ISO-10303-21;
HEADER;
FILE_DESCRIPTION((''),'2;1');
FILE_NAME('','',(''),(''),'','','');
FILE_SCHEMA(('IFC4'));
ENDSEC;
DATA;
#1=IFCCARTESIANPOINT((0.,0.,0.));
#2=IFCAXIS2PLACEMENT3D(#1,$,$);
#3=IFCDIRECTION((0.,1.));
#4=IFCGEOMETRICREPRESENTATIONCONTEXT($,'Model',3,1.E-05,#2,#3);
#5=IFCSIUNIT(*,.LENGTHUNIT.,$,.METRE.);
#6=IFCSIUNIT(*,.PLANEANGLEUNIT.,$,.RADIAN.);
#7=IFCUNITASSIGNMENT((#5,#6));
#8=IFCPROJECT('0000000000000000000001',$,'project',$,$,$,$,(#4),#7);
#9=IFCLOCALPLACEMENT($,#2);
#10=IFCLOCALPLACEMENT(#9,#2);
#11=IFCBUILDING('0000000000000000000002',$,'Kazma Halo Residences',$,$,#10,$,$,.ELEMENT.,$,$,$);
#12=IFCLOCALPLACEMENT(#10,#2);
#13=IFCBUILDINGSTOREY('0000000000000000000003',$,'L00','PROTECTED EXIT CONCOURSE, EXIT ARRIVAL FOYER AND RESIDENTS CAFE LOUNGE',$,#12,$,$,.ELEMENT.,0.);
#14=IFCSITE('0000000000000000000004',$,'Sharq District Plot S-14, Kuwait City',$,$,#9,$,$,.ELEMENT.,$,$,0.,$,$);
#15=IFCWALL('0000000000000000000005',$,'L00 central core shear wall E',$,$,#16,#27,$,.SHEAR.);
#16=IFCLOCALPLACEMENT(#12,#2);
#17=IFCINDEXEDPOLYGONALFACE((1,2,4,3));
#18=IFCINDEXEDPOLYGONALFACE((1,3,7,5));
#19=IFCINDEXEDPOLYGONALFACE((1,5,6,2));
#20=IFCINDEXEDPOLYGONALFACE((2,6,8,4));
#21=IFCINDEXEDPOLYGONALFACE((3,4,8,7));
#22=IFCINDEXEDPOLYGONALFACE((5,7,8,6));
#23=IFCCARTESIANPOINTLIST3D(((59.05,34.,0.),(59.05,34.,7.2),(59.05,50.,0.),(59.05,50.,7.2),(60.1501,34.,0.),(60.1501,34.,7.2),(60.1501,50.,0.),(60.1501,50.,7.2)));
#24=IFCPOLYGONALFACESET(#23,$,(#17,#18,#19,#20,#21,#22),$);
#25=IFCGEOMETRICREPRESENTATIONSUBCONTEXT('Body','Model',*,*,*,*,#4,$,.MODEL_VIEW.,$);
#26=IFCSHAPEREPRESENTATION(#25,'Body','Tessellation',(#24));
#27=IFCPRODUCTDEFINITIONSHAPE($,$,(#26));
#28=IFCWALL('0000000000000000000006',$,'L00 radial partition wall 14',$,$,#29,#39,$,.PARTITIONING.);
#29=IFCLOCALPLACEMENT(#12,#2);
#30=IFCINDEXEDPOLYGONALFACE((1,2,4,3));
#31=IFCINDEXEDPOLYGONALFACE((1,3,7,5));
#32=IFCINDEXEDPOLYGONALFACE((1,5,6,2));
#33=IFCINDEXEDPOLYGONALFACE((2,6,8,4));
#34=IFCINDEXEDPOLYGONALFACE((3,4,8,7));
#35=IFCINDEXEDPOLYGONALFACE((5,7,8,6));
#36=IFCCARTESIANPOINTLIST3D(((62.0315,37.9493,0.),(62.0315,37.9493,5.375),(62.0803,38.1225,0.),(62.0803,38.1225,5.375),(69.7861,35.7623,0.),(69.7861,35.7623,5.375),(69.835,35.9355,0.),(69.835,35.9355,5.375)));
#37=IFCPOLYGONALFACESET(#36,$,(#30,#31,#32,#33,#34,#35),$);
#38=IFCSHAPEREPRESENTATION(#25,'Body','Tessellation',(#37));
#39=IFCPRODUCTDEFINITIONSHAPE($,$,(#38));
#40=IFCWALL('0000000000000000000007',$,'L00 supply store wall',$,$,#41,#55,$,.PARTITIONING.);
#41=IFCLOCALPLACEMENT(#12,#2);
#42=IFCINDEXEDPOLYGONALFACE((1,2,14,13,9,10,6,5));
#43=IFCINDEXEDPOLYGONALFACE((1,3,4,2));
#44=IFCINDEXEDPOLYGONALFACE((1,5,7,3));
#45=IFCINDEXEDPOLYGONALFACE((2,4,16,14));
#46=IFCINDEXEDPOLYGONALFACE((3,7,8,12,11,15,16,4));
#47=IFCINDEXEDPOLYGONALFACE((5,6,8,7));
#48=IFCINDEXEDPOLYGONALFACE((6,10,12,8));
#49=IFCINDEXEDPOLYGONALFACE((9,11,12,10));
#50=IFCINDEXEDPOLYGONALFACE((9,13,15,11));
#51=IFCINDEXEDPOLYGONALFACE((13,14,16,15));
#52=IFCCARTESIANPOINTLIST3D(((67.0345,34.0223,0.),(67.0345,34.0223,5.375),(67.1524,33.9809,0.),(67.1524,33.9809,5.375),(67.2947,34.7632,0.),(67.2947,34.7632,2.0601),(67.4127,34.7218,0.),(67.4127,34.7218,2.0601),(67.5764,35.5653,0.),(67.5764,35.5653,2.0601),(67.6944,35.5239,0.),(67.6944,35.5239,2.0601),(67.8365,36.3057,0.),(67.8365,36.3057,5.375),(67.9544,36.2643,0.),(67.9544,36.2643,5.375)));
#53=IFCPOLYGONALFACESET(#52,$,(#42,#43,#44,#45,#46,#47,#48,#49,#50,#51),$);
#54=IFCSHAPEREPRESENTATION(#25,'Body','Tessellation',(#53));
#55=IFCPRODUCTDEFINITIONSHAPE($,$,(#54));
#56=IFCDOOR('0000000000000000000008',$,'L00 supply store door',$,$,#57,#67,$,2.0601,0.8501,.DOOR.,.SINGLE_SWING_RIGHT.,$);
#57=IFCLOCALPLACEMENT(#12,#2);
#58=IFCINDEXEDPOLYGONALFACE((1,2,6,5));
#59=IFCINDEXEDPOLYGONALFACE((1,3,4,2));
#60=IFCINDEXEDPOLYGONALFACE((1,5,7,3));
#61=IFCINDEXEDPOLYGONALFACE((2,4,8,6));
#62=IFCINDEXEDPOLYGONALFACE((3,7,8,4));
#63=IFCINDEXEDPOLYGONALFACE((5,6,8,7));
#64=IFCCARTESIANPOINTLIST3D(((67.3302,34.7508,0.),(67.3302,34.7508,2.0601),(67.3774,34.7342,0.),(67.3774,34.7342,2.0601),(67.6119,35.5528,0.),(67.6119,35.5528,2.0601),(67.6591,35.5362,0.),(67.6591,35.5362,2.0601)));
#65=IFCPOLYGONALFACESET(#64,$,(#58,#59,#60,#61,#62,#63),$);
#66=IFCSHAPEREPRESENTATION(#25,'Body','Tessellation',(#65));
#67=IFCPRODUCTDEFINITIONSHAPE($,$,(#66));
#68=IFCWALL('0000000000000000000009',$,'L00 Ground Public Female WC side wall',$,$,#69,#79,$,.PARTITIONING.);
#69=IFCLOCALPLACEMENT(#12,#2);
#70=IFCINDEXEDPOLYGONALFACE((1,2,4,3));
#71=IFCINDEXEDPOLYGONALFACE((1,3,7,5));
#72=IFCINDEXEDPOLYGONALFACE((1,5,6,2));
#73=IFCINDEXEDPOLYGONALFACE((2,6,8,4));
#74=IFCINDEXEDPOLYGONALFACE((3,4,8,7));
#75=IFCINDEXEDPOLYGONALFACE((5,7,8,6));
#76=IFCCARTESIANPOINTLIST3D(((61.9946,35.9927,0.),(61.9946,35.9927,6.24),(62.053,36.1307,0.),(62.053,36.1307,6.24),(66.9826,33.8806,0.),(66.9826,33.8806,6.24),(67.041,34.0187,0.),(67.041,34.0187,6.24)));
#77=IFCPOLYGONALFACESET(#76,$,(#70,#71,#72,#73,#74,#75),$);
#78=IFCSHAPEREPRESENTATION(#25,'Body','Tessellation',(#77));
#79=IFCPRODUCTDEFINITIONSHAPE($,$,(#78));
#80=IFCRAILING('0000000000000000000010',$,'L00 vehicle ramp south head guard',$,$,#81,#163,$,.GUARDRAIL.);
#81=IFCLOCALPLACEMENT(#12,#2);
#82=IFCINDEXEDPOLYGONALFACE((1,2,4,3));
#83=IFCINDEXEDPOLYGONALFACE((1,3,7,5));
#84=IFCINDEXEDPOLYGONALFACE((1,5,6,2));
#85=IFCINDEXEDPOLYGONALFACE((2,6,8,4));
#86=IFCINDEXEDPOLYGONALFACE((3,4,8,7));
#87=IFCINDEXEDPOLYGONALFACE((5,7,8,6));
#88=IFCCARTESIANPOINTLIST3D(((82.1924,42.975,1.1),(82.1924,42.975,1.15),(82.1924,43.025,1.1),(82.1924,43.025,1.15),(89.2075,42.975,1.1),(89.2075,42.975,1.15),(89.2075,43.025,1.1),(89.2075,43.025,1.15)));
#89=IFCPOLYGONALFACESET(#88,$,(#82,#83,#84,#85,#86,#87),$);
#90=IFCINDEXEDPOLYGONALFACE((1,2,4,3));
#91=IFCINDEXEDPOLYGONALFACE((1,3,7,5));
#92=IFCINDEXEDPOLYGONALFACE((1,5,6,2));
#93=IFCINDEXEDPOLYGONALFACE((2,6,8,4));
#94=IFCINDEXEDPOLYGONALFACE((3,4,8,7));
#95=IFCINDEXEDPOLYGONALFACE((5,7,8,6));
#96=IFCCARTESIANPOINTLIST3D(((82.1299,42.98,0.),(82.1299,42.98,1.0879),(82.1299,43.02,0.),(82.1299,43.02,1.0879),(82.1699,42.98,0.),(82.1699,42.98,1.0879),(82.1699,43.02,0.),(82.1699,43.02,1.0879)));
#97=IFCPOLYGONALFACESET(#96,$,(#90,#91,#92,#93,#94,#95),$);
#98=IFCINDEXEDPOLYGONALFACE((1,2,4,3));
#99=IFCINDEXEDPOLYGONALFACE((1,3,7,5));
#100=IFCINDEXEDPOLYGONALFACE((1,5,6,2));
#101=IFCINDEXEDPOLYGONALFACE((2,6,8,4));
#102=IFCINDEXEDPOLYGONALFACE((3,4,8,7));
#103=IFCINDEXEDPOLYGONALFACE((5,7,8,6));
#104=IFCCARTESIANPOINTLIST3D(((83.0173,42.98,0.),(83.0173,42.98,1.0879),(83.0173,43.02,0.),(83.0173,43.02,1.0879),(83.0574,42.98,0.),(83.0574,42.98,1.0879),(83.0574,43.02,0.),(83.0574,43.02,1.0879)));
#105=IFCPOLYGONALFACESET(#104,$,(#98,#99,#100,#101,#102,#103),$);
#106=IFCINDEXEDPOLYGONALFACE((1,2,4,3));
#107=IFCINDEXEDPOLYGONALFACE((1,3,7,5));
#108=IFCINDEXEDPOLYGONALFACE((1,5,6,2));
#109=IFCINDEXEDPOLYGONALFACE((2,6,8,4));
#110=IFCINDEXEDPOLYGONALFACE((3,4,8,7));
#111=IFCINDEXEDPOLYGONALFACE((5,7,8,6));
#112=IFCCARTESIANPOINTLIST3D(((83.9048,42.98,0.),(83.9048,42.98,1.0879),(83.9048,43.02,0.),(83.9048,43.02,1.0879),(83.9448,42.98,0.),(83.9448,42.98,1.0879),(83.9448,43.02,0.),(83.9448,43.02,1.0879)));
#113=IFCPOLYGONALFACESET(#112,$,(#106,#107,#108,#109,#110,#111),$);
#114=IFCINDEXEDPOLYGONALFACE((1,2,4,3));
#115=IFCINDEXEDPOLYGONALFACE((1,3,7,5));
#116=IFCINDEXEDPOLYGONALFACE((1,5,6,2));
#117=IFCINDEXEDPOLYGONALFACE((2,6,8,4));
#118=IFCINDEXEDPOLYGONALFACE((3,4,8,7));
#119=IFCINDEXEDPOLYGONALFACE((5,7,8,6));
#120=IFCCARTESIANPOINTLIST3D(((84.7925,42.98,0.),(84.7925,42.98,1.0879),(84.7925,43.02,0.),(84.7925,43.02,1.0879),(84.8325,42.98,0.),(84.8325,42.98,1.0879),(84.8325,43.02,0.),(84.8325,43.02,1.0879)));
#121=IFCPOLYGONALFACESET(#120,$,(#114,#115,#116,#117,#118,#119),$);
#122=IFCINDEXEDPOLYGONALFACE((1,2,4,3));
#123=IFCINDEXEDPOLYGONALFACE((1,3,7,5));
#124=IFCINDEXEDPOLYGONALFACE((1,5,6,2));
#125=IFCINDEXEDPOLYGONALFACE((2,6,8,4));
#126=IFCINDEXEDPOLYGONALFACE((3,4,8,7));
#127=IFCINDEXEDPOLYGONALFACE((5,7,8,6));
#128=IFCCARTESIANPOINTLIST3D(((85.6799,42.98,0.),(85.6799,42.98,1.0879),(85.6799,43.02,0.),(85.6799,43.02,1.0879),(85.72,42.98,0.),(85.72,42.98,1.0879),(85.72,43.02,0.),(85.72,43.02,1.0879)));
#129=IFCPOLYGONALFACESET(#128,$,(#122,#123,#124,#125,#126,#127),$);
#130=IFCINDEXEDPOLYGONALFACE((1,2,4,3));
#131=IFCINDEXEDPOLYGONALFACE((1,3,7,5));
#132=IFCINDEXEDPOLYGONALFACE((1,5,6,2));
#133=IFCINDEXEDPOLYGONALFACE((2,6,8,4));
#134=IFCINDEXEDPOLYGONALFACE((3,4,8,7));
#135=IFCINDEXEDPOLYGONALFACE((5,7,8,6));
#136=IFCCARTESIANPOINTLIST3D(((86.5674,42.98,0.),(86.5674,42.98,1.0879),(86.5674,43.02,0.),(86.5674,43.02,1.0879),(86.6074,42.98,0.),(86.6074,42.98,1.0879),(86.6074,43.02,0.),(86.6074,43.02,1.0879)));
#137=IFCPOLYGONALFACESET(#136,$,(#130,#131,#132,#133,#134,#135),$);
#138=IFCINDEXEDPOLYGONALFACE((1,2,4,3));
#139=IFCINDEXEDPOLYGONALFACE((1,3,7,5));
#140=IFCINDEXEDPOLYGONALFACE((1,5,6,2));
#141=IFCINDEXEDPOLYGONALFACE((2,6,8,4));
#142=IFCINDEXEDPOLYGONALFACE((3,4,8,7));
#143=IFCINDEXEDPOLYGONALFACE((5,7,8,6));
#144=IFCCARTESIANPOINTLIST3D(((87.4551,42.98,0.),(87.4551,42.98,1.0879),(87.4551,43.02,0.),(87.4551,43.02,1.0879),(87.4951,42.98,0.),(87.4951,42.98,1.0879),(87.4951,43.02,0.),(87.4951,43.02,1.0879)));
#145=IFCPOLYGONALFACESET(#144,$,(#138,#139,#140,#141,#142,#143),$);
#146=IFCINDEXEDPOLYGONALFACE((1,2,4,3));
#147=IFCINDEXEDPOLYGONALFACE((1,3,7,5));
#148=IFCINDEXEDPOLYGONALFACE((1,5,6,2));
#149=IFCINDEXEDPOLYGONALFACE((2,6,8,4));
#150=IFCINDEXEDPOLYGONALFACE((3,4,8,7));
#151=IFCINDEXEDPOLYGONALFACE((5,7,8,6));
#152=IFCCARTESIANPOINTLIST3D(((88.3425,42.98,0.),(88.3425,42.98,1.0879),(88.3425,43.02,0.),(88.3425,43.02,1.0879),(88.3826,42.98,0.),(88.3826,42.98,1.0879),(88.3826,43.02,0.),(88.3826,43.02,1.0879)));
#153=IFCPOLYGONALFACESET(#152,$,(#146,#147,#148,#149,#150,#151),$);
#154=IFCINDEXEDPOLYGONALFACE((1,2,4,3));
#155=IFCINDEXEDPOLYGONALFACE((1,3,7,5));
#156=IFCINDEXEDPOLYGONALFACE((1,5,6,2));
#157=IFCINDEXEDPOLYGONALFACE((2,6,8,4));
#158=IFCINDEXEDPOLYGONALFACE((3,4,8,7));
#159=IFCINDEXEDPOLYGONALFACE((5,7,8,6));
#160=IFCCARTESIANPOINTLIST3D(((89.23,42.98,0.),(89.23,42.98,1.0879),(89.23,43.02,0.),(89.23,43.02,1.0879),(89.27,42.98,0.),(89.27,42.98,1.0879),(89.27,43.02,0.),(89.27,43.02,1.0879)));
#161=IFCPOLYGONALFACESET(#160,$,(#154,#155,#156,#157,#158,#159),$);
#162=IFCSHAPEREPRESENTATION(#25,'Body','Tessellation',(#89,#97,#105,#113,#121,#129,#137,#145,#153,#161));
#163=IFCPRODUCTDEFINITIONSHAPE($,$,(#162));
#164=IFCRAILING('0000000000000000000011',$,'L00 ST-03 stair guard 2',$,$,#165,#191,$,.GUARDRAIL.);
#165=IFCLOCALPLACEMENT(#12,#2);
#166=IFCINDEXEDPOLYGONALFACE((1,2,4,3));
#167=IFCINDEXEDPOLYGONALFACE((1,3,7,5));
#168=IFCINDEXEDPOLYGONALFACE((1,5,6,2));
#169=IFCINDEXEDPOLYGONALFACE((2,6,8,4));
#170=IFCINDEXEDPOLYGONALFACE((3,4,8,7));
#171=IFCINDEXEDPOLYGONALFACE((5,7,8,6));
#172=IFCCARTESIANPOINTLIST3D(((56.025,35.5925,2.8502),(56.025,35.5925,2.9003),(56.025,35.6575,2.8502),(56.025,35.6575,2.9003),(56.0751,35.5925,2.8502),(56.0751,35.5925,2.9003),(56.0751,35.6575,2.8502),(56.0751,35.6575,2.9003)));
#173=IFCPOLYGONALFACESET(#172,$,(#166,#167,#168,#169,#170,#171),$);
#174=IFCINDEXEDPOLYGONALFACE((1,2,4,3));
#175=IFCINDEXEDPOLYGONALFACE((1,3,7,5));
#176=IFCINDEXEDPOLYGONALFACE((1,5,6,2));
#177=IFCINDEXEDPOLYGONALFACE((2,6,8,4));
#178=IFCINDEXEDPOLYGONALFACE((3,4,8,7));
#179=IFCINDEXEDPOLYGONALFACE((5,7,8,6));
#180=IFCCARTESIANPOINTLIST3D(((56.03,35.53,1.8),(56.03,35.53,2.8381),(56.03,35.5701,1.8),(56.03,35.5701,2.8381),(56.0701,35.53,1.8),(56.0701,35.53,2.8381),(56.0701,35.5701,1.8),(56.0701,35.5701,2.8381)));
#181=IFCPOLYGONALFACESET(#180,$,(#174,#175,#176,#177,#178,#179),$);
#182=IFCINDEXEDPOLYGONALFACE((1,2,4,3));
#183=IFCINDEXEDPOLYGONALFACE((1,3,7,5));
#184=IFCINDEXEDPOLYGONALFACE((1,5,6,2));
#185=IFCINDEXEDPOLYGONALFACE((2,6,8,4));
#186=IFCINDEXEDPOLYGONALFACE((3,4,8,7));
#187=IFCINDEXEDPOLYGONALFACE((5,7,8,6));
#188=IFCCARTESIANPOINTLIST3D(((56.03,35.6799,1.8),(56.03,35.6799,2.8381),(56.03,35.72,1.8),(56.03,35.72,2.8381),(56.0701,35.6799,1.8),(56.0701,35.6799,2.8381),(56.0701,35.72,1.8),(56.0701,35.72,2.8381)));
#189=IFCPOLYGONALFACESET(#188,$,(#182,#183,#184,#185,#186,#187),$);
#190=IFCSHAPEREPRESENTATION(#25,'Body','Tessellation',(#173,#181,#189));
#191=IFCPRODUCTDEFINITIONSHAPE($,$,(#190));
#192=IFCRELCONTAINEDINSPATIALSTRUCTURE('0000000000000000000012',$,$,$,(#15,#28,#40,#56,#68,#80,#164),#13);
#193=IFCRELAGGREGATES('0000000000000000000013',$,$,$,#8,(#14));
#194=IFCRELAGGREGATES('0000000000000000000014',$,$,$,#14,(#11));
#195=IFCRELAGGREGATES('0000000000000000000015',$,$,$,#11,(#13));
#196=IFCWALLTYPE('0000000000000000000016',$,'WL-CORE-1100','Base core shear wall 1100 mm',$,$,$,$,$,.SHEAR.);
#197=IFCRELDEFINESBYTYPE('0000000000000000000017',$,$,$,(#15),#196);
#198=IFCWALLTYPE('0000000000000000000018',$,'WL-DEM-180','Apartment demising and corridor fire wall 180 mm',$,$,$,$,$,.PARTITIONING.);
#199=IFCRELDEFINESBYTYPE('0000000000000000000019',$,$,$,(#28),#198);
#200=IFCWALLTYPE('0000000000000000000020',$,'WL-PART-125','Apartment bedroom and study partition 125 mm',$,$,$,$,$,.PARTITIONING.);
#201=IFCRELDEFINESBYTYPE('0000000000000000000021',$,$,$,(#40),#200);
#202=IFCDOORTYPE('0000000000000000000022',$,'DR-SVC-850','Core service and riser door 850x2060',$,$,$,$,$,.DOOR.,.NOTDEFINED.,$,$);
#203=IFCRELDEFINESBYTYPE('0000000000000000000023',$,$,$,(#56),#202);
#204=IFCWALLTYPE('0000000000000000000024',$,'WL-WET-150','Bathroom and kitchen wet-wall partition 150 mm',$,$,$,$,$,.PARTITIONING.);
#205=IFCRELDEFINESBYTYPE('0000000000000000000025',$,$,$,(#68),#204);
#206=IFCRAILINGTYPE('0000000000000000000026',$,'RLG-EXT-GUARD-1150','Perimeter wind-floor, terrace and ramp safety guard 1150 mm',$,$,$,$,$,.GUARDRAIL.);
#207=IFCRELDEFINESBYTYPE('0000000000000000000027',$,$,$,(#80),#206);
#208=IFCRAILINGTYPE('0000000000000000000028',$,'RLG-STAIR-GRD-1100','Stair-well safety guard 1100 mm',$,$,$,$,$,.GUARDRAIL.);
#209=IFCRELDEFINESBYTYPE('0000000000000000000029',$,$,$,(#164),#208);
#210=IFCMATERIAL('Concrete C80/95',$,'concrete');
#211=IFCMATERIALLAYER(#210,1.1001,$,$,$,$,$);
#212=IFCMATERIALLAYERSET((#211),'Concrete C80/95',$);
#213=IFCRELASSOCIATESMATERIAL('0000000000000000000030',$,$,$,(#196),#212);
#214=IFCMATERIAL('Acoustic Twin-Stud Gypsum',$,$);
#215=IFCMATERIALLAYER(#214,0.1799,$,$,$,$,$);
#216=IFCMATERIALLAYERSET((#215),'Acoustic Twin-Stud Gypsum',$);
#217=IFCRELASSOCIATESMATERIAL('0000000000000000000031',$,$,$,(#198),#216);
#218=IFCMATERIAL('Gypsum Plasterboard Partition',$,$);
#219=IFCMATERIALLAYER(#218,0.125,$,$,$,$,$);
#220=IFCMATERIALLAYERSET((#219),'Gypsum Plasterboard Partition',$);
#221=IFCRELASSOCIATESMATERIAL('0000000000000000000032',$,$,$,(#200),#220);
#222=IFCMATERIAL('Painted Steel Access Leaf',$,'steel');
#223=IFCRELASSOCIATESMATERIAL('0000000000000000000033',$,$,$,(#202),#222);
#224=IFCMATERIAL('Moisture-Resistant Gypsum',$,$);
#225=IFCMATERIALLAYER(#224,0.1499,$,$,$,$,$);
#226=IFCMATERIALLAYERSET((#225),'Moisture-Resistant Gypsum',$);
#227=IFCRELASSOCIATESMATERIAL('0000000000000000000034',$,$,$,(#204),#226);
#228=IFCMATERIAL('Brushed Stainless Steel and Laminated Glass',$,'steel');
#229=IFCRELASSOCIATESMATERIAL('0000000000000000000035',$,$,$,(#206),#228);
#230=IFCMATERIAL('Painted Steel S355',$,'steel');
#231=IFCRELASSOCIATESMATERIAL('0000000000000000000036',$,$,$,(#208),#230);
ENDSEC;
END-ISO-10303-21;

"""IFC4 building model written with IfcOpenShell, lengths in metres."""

from ifc_helpers import new_model, si_unit, direction, frame, frame_2d, origin, origin_2d, place, context, subcontext, project, spatial, rectangle, extrude, material, layer, layer_set, type_object, element, fill, save


model = new_model("IFC4")

# Units and contexts
model_context = context("Model", 3, precision=1e-05, world=origin(), true_north=direction((0.0, 1.0)))
body_context = subcontext(model_context, "Body", "Model", "MODEL_VIEW")
ifc_project = project(units=[si_unit("LENGTHUNIT", "METRE"), si_unit("PLANEANGLEUNIT", "RADIAN")], contexts=[model_context])

# Site, building, storey
site_placement = place(None, origin())
site = spatial("IfcSite", under=ifc_project, at=site_placement, Name="Sharq District Plot S-14, Kuwait City", CompositionType="ELEMENT", RefElevation=0.0)
building_placement = place(site_placement, origin())
building = spatial("IfcBuilding", under=site, at=building_placement, Name="Kazma Halo Residences", CompositionType="ELEMENT")
storey_placement = place(building_placement, origin())
storey = spatial("IfcBuildingStorey", under=building, at=storey_placement, Name="L00", Description="PROTECTED EXIT CONCOURSE, EXIT ARRIVAL FOYER AND RESIDENTS CAFE LOUNGE", CompositionType="ELEMENT", Elevation=0.0)

# Walls
ifc_material_1 = material(Name="Concrete C80/95", Category="concrete")
ifc_layer_1 = layer(ifc_material_1, 1.1001)
ifc_layer_set_1 = layer_set([ifc_layer_1], Name="Concrete C80/95")
wall_type_1 = type_object("IfcWallType", Name="WL-CORE-1100", Description="Base core shear wall 1100 mm", PredefinedType="SHEAR", material=ifc_layer_set_1)
wall_1_placement = place(storey_placement, frame((59.6001, 34.0, 0.0), z_axis=(0.0, 0.0, 1.0), x_axis=(0.0, 1.0, 0.0)))
element("IfcWall", 1, at=wall_1_placement, inside=storey, type_object=wall_type_1, Name="L00 central core shear wall E", PredefinedType="SHEAR", context=body_context, shape_type="SweptSolid", body=[
    extrude(rectangle(XDim=16.0, YDim=1.1001, at=frame_2d((8.0, 0.0))), origin(), (0.0, 0.0, 1.0), 7.2),
])
ifc_material_2 = material(Name="Acoustic Twin-Stud Gypsum")
ifc_layer_2 = layer(ifc_material_2, 0.1799)
ifc_layer_set_2 = layer_set([ifc_layer_2], Name="Acoustic Twin-Stud Gypsum")
wall_type_2 = type_object("IfcWallType", Name="WL-DEM-180", Description="Apartment demising and corridor fire wall 180 mm", PredefinedType="PARTITIONING", material=ifc_layer_set_2)
wall_2_placement = place(storey_placement, frame((62.0559, 38.0359, 0.0), z_axis=(0.0, 0.0, 1.0), x_axis=(0.962456, -0.271438, 0.0)))
element("IfcWall", 2, at=wall_2_placement, inside=storey, type_object=wall_type_2, Name="L00 radial partition wall 14", PredefinedType="PARTITIONING", context=body_context, shape_type="SweptSolid", body=[
    extrude(rectangle(XDim=8.0571, YDim=0.1799, at=frame_2d((4.0286, 0.0))), origin(), (0.0, 0.0, 1.0), 5.375),
])

# Wall, opening, door
ifc_material_3 = material(Name="Gypsum Plasterboard Partition")
ifc_layer_3 = layer(ifc_material_3, 0.125)
ifc_layer_set_3 = layer_set([ifc_layer_3], Name="Gypsum Plasterboard Partition")
wall_type_3 = type_object("IfcWallType", Name="WL-PART-125", Description="Apartment bedroom and study partition 125 mm", PredefinedType="PARTITIONING", material=ifc_layer_set_3)
wall_3_placement = place(storey_placement, frame((67.0935, 34.0017, 0.0), z_axis=(0.0, 0.0, 1.0), x_axis=(0.331379, 0.943498, 0.0)))
wall_3 = element("IfcWall", 3, at=wall_3_placement, inside=storey, type_object=wall_type_3, Name="L00 supply store wall", PredefinedType="PARTITIONING", context=body_context, shape_type="SweptSolid", body=[
    extrude(rectangle(XDim=2.4202, YDim=0.125, at=frame_2d((1.21, 0.0))), origin(), (0.0, 0.0, 1.0), 5.375),
])
opening_1_placement = place(wall_3_placement, frame((0.7852, 0.0, 0.0)))
opening_1 = element("IfcOpeningElement", 4, at=opening_1_placement, cuts=wall_3, PredefinedType="OPENING", context=body_context, shape_type="SweptSolid", body=[
    extrude(rectangle(XDim=0.8501, YDim=2.0601, at=frame_2d((0.425, 1.03))), frame((0.0, 0.0725, 0.0), z_axis=(0.0, -1.0, 0.0), x_axis=(1.0, 0.0, 0.0)), (0.0, 0.0, 1.0), 0.145),
])
ifc_material_4 = material(Name="Painted Steel Access Leaf", Category="steel")
door_type_1 = type_object("IfcDoorType", Name="DR-SVC-850", Description="Core service and riser door 850x2060", OperationType="NOTDEFINED", PredefinedType="DOOR", material=ifc_material_4)
door_1_placement = place(opening_1_placement, origin())
door_1 = element("IfcDoor", 5, at=door_1_placement, inside=storey, type_object=door_type_1, Name="L00 supply store door", OperationType="SINGLE_SWING_RIGHT", OverallHeight=2.0601, OverallWidth=0.8501, PredefinedType="DOOR", context=body_context, shape_type="SweptSolid", body=[
    extrude(rectangle(XDim=0.8501, YDim=2.0601, at=frame_2d((0.425, 1.03))), frame((0.0, 0.0249, 0.0), z_axis=(0.0, -1.0, 0.0), x_axis=(1.0, 0.0, 0.0)), (0.0, 0.0, 1.0), 0.05),
])
fill(opening_1, door_1)

# Wall
ifc_material_5 = material(Name="Moisture-Resistant Gypsum")
ifc_layer_4 = layer(ifc_material_5, 0.1499)
ifc_layer_set_4 = layer_set([ifc_layer_4], Name="Moisture-Resistant Gypsum")
wall_type_4 = type_object("IfcWallType", Name="WL-WET-150", Description="Bathroom and kitchen wet-wall partition 150 mm", PredefinedType="PARTITIONING", material=ifc_layer_set_4)
wall_4_placement = place(storey_placement, frame((62.0237, 36.0618, 0.0), z_axis=(0.0, 0.0, 1.0), x_axis=(0.920852, -0.389912, 0.0)))
element("IfcWall", 6, at=wall_4_placement, inside=storey, type_object=wall_type_4, Name="L00 Ground Public Female WC side wall", PredefinedType="PARTITIONING", context=body_context, shape_type="SweptSolid", body=[
    extrude(rectangle(XDim=5.4167, YDim=0.1499, at=frame_2d((2.7085, 0.0))), origin(), (0.0, 0.0, 1.0), 6.24),
])

# Railings
ifc_material_6 = material(Name="Brushed Stainless Steel and Laminated Glass", Category="steel")
railing_type_1 = type_object("IfcRailingType", Name="RLG-EXT-GUARD-1150", Description="Perimeter wind-floor, terrace and ramp safety guard 1150 mm", PredefinedType="GUARDRAIL", material=ifc_material_6)
railing_1_placement = place(storey_placement, frame((82.1499, 43.0, 0.0)))
element("IfcRailing", 7, at=railing_1_placement, inside=storey, type_object=railing_type_1, Name="L00 vehicle ramp south head guard", PredefinedType="GUARDRAIL", context=body_context, shape_type="SweptSolid", body=[
    extrude(rectangle(XDim=0.05, YDim=0.05, at=origin_2d()), frame((0.0425, 0.0, 1.125), z_axis=(1.0, 0.0, 0.0), x_axis=(0.0, 1.0, 0.0)), (0.0, 0.0, 1.0), 7.0151),
    extrude(rectangle(XDim=0.04, YDim=0.04, at=origin_2d()), origin(), (0.0, 0.0, 1.0), 1.0879),
    extrude(rectangle(XDim=0.04, YDim=0.04, at=origin_2d()), frame((0.8875, 0.0, 0.0)), (0.0, 0.0, 1.0), 1.0879),
    extrude(rectangle(XDim=0.04, YDim=0.04, at=origin_2d()), frame((1.7749, 0.0, 0.0)), (0.0, 0.0, 1.0), 1.0879),
    extrude(rectangle(XDim=0.04, YDim=0.04, at=origin_2d()), frame((2.6626, 0.0, 0.0)), (0.0, 0.0, 1.0), 1.0879),
    extrude(rectangle(XDim=0.04, YDim=0.04, at=origin_2d()), frame((3.55, 0.0, 0.0)), (0.0, 0.0, 1.0), 1.0879),
    extrude(rectangle(XDim=0.04, YDim=0.04, at=origin_2d()), frame((4.4375, 0.0, 0.0)), (0.0, 0.0, 1.0), 1.0879),
    extrude(rectangle(XDim=0.04, YDim=0.04, at=origin_2d()), frame((5.3252, 0.0, 0.0)), (0.0, 0.0, 1.0), 1.0879),
    extrude(rectangle(XDim=0.04, YDim=0.04, at=origin_2d()), frame((6.2126, 0.0, 0.0)), (0.0, 0.0, 1.0), 1.0879),
    extrude(rectangle(XDim=0.04, YDim=0.04, at=origin_2d()), frame((7.1001, 0.0, 0.0)), (0.0, 0.0, 1.0), 1.0879),
])
ifc_material_7 = material(Name="Painted Steel S355", Category="steel")
railing_type_2 = type_object("IfcRailingType", Name="RLG-STAIR-GRD-1100", Description="Stair-well safety guard 1100 mm", PredefinedType="GUARDRAIL", material=ifc_material_7)
for number, where, name in (
    (8, (56.05, 35.55, 1.8), "L00 ST-03 stair guard 2"),
):
    element("IfcRailing", number, at=place(storey_placement, frame(where)), inside=storey, type_object=railing_type_2, Name=name, PredefinedType="GUARDRAIL", context=body_context, shape_type="SweptSolid", body=[
        extrude(rectangle(XDim=0.05, YDim=0.05, at=origin_2d()), frame((0.0, 0.0425, 1.0752), z_axis=(0.0, 1.0, 0.0), x_axis=(-1.0, 0.0, 0.0)), (0.0, 0.0, 1.0), 0.0649),
        extrude(rectangle(XDim=0.04, YDim=0.04, at=origin_2d()), origin(), (0.0, 0.0, 1.0), 1.0381),
        extrude(rectangle(XDim=0.04, YDim=0.04, at=origin_2d()), frame((0.0, 0.1499, 0.0)), (0.0, 0.0, 1.0), 1.0381),
    ])

save(model, "model.ifc")
